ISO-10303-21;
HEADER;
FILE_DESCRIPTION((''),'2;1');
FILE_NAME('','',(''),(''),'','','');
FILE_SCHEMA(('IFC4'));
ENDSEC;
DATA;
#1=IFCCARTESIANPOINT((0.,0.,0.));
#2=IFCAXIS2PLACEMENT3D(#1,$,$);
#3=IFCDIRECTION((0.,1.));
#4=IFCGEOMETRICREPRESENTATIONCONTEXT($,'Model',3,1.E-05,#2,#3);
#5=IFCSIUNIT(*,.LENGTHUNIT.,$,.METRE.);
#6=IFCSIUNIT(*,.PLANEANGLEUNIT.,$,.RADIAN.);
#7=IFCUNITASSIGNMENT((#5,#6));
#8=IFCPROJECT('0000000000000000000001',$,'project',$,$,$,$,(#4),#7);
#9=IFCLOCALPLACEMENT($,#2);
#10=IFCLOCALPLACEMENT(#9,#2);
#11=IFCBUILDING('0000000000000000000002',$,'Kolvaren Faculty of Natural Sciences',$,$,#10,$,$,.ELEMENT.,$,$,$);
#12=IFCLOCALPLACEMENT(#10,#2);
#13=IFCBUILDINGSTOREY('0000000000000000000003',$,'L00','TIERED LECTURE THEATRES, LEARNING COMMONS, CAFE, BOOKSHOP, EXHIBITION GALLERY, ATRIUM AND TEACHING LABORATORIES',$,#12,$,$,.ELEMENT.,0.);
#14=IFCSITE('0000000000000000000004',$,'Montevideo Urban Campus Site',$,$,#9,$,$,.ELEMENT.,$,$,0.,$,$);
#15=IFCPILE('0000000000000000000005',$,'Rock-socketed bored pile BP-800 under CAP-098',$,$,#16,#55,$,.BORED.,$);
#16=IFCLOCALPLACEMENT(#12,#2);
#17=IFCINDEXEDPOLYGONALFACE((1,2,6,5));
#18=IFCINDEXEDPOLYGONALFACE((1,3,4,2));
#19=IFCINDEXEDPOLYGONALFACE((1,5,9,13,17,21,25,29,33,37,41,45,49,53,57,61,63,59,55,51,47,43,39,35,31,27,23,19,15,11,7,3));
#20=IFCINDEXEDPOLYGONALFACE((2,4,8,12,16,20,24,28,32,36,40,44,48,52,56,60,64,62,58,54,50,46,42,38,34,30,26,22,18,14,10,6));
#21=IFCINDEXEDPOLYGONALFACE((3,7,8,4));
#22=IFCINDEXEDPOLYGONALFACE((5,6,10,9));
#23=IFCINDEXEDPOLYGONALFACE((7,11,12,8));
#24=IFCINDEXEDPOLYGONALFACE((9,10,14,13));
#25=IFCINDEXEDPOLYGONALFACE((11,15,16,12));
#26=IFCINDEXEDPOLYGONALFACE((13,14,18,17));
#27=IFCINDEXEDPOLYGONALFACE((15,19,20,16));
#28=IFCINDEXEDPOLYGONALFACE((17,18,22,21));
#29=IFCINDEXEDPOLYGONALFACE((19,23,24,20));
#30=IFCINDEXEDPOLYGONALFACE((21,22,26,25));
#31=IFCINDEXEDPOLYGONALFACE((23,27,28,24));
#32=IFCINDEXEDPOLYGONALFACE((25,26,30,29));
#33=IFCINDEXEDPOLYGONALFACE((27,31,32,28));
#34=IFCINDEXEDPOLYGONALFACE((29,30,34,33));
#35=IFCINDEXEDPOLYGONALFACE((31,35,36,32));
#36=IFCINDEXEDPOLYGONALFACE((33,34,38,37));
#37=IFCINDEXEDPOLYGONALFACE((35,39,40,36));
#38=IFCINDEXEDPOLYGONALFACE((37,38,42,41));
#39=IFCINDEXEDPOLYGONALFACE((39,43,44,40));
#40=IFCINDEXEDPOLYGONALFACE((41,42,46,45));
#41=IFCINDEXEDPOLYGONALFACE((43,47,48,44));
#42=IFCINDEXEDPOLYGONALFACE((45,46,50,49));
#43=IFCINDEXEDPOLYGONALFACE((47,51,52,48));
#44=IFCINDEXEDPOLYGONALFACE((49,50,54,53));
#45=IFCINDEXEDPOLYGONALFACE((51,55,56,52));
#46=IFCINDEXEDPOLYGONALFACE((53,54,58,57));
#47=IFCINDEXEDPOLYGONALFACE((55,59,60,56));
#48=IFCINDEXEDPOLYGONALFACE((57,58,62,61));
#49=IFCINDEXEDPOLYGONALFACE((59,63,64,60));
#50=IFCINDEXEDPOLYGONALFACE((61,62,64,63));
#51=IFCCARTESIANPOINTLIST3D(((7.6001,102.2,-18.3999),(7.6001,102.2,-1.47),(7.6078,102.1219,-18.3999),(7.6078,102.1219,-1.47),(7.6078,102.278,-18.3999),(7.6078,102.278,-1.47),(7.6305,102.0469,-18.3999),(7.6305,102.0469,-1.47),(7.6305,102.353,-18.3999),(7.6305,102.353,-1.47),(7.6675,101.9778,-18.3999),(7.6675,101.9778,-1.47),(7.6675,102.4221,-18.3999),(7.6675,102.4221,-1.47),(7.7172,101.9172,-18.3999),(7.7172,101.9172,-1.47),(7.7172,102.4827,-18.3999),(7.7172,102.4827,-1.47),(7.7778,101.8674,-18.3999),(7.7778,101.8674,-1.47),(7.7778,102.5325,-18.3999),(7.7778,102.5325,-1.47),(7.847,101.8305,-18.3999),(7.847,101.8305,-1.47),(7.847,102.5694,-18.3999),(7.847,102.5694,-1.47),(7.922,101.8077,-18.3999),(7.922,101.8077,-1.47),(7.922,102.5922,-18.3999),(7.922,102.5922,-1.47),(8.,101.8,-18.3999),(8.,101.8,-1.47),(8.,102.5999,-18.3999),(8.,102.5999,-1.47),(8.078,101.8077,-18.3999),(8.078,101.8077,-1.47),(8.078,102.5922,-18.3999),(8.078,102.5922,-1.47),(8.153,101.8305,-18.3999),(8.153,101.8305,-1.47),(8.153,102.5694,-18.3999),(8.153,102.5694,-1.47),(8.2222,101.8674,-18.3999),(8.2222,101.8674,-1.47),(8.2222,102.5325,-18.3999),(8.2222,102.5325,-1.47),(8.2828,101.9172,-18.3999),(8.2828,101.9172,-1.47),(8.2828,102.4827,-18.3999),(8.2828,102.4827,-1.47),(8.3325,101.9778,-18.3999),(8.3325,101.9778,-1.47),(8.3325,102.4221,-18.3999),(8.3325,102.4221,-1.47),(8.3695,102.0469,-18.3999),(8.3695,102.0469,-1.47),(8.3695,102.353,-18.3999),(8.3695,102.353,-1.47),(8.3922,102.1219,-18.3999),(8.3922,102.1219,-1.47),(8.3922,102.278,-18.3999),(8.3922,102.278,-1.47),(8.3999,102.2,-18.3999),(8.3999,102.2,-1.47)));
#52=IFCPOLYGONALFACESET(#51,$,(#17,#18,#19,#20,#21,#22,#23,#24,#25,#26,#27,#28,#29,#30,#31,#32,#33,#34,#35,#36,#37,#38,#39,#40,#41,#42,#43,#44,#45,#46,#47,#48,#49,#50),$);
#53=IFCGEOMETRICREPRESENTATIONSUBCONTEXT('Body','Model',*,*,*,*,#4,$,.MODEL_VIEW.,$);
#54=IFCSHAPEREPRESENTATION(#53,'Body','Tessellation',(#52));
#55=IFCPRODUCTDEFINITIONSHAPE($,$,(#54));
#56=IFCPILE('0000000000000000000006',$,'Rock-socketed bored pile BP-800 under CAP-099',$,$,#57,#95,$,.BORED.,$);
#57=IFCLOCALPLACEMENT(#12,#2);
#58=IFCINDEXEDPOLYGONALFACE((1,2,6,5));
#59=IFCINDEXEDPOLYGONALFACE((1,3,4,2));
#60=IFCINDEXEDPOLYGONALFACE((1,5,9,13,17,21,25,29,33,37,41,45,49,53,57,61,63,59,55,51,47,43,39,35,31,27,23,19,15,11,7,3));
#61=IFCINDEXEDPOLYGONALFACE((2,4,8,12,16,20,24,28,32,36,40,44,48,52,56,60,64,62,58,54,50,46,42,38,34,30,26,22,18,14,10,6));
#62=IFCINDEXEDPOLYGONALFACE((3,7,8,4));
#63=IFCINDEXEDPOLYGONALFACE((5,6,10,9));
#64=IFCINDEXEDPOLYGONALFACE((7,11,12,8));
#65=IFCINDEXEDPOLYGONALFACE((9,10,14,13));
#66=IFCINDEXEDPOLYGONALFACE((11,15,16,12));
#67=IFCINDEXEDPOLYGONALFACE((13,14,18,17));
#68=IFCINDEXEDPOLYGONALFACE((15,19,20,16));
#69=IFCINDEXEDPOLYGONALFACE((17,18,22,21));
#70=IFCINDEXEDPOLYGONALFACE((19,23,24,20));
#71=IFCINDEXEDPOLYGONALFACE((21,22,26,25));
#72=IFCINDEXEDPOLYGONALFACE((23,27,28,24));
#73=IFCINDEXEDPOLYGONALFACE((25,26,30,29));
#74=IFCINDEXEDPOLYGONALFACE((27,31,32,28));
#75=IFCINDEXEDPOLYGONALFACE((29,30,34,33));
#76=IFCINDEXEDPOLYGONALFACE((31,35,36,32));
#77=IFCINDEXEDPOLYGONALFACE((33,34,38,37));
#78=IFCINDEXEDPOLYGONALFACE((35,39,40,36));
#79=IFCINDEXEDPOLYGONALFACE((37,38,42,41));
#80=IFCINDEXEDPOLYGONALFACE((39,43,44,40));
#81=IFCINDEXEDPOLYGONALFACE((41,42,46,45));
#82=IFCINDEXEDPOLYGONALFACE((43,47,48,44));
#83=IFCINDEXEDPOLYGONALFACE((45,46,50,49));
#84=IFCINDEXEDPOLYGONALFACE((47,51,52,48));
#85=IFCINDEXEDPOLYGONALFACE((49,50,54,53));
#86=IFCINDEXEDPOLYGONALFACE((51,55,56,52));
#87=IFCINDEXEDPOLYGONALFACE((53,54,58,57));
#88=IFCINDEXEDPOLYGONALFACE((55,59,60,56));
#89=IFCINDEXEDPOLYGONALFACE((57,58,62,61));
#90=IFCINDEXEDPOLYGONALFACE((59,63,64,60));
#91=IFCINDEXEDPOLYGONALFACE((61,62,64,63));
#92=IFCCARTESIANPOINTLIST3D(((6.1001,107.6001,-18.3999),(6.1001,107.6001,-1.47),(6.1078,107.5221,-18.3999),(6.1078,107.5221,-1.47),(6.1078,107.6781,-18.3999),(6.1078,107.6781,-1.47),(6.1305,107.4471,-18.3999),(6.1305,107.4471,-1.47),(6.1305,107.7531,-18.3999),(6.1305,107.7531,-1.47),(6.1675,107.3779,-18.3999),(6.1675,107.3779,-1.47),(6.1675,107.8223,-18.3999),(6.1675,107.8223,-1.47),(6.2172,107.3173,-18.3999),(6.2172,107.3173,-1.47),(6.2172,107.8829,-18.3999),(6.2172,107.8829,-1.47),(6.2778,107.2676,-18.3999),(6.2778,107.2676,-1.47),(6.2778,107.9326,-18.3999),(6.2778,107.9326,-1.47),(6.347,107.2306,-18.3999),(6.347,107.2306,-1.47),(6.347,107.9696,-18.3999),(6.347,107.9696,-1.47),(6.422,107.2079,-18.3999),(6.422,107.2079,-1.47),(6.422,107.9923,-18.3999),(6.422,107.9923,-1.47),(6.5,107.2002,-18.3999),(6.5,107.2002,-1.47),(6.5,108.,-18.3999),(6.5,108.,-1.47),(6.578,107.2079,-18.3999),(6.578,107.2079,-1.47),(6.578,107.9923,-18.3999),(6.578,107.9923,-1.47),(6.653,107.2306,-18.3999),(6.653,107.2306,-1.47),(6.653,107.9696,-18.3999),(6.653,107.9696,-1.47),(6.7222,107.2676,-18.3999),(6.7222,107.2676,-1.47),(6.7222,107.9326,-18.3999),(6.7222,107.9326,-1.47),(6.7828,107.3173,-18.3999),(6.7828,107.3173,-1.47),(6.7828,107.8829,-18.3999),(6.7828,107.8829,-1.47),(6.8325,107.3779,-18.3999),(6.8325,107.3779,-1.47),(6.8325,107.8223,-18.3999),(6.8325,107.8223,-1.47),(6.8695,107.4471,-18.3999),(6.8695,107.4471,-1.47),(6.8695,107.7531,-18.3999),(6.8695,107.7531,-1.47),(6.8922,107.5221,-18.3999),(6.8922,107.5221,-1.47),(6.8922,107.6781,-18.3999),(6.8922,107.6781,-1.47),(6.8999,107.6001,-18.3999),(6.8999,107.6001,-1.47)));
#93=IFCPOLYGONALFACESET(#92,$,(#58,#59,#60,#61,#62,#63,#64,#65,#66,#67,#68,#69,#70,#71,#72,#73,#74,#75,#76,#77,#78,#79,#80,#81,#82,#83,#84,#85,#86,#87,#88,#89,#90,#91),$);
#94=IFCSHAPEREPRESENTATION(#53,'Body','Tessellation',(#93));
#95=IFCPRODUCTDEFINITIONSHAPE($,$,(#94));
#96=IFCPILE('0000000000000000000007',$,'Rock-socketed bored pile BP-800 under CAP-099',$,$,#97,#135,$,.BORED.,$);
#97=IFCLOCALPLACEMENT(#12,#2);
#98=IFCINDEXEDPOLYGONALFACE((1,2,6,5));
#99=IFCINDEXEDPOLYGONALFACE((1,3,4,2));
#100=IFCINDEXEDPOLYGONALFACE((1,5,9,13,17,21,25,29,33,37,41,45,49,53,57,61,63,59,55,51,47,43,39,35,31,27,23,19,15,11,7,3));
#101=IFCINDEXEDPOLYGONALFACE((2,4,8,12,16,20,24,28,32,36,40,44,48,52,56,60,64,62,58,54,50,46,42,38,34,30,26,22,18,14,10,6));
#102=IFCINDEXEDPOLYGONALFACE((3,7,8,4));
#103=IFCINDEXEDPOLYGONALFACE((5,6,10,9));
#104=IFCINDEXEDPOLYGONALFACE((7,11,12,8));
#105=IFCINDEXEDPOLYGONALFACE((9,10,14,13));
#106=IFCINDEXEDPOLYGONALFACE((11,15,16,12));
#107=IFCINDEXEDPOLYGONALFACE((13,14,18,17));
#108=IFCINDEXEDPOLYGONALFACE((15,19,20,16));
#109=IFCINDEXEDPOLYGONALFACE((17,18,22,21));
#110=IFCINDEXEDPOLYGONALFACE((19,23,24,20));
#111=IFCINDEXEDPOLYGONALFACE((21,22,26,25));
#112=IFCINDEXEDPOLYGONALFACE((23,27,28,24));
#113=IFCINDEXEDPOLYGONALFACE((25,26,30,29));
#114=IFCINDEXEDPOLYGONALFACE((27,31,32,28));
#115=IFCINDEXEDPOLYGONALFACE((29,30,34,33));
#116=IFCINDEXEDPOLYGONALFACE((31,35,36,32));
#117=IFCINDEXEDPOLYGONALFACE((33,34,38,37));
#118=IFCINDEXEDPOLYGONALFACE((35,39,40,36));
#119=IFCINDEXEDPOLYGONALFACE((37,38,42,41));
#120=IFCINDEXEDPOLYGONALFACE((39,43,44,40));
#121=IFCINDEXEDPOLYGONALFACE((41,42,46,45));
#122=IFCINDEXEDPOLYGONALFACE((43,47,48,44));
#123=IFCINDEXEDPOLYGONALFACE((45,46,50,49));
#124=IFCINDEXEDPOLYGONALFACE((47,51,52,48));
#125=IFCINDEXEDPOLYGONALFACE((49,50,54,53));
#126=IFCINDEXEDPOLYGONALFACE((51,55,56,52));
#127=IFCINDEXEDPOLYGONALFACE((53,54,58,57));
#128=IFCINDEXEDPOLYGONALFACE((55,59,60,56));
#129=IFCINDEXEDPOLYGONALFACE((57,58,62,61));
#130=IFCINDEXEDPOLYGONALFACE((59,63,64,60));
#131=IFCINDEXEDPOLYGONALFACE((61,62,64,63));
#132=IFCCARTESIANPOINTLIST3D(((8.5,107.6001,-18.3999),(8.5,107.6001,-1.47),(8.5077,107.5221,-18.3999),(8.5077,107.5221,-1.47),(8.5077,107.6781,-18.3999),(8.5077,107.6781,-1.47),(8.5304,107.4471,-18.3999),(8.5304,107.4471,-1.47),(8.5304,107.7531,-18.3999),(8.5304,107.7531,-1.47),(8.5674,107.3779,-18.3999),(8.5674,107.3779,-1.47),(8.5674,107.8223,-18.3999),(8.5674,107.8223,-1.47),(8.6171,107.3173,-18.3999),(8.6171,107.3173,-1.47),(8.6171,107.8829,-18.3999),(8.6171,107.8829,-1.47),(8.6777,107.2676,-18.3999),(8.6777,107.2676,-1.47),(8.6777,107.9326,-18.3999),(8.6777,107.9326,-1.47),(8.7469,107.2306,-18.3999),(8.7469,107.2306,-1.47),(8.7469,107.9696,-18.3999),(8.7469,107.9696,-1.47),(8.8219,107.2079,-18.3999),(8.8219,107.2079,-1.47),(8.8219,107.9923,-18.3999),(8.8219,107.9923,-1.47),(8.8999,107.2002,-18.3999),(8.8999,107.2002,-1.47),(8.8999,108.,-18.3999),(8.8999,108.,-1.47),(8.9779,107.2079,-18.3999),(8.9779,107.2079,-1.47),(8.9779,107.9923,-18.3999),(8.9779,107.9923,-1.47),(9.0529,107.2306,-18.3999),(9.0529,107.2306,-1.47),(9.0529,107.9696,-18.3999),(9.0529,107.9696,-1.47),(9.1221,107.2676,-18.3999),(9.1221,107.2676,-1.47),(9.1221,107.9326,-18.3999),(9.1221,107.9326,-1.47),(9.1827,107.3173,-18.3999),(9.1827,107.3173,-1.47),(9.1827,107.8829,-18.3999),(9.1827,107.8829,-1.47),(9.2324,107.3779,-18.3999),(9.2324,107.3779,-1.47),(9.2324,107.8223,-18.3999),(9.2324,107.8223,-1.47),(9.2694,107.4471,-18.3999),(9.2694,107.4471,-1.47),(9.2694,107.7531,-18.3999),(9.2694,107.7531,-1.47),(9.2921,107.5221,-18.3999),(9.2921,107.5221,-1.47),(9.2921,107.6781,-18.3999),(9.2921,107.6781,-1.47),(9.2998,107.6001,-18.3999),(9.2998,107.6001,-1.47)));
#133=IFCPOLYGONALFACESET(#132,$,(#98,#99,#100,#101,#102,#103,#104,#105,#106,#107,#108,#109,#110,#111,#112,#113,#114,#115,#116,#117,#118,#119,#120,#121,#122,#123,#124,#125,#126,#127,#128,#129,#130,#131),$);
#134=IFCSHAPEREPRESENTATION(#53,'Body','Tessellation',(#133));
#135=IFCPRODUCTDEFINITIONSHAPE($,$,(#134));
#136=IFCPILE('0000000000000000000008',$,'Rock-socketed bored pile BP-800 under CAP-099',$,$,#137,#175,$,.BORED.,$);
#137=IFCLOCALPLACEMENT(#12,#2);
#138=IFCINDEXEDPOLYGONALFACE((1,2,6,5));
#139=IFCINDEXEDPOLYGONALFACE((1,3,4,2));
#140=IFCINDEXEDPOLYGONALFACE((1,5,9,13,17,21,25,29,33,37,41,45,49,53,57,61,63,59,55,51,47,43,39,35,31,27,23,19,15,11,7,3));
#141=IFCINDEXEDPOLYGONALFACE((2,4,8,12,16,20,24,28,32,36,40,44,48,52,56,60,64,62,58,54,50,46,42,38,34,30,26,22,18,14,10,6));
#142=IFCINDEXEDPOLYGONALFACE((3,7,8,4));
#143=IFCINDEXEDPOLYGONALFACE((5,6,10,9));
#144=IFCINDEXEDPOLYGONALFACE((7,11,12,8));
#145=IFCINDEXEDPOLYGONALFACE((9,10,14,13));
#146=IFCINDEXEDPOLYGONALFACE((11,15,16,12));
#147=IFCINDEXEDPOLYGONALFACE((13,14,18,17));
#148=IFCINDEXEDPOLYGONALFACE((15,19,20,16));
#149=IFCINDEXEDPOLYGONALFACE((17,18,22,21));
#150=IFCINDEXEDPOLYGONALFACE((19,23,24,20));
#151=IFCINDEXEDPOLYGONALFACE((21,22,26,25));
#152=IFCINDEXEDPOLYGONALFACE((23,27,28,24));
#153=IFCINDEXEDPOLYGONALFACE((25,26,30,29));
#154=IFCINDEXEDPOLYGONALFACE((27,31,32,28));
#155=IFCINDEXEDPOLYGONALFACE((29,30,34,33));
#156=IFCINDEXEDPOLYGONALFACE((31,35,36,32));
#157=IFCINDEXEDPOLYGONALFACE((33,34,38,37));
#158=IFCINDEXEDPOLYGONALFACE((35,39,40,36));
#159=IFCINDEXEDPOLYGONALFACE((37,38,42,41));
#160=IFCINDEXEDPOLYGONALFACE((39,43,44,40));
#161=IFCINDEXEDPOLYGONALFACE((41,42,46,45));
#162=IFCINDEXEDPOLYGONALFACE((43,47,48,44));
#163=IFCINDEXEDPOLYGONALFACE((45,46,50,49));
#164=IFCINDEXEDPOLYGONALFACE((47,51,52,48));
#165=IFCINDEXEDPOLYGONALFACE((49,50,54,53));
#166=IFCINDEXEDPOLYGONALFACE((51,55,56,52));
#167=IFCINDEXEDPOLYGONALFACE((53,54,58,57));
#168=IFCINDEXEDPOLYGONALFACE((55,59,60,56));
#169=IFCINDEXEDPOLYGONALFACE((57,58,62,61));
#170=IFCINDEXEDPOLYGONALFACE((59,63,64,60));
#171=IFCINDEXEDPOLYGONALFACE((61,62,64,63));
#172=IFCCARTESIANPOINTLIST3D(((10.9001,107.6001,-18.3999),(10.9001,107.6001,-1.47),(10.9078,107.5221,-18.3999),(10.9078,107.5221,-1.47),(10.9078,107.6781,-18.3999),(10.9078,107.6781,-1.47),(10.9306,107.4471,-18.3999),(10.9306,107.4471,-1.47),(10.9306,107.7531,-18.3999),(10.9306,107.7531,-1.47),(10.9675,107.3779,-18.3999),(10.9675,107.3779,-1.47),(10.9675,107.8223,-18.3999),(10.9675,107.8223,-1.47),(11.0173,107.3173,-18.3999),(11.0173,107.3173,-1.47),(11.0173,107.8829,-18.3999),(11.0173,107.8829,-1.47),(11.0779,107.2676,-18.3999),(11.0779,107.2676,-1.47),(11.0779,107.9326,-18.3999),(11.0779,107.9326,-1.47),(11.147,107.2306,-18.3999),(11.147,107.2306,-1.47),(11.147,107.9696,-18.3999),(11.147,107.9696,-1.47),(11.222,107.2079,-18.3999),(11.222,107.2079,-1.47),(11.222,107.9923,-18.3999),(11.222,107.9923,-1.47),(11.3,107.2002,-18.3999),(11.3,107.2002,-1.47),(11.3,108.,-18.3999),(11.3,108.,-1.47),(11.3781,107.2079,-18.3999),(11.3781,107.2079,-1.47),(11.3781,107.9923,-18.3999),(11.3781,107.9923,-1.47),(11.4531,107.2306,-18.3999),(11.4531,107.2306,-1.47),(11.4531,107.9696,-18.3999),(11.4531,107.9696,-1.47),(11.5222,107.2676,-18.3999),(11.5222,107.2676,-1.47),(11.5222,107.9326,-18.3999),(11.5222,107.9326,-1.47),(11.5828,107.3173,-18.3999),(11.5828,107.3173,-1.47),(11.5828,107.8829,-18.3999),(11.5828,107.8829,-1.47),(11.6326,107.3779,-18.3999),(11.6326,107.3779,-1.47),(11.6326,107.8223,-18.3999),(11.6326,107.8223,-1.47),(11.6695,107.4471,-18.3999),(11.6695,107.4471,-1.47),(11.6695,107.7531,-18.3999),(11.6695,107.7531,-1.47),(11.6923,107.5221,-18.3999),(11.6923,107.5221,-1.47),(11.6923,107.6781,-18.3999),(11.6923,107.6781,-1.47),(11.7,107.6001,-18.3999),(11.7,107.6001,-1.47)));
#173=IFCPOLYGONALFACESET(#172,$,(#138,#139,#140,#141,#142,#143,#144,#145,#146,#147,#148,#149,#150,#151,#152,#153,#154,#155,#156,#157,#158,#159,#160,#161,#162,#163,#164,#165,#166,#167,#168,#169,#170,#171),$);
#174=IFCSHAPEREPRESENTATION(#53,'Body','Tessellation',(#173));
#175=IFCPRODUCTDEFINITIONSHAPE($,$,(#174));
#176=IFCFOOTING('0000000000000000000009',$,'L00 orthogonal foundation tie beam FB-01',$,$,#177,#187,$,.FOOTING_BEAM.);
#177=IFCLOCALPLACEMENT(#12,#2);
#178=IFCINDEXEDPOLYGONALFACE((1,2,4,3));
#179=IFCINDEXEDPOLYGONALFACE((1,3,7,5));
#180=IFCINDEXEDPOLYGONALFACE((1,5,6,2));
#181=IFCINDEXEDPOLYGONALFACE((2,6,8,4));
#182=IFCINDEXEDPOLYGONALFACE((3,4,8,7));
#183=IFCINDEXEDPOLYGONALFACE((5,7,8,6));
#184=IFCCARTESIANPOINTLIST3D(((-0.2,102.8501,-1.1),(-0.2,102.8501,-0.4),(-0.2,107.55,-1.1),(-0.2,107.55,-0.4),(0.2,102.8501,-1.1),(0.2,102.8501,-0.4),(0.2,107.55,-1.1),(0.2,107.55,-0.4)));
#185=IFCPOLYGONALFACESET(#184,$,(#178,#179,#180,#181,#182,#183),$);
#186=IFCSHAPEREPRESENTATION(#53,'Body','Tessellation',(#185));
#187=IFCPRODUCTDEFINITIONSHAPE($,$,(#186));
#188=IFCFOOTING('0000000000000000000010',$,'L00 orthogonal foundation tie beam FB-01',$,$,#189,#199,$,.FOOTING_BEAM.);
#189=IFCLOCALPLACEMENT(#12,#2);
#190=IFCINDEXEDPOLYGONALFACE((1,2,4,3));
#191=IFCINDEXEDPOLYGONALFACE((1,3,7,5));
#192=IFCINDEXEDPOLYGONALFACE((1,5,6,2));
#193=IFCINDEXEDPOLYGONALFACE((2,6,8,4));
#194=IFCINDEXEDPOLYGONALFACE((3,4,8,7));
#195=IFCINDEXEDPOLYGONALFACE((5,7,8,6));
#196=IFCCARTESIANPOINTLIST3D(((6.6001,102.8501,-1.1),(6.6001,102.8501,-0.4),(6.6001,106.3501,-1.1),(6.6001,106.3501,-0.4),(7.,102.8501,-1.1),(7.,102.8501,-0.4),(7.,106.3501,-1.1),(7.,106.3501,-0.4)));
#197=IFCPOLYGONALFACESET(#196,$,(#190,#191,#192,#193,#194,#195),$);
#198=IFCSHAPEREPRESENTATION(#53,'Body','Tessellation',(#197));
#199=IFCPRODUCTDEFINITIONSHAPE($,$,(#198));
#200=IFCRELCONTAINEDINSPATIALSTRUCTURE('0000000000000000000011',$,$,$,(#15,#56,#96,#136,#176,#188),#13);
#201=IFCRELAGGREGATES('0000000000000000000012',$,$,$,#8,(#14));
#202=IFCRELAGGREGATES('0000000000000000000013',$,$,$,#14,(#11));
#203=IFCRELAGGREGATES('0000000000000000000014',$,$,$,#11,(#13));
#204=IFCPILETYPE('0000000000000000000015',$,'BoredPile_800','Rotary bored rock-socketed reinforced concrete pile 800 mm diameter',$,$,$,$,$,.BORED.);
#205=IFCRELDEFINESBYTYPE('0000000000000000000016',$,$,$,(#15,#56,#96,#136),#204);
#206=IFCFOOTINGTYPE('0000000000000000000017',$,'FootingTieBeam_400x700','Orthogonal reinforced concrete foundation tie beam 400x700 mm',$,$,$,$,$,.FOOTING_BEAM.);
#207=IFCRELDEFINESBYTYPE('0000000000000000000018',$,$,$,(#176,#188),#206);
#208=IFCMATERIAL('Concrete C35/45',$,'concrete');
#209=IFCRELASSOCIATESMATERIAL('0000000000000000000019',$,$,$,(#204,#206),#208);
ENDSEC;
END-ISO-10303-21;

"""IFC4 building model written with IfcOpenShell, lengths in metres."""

from ifc_helpers import new_model, si_unit, direction, frame, origin, origin_2d, place, context, subcontext, project, spatial, rectangle, circle, extrude, material, material_profile, profile_set, type_object, element, save


model = new_model("IFC4")

# Units and contexts
model_context = context("Model", 3, precision=1e-05, world=origin(), true_north=direction((0.0, 1.0)))
body_context = subcontext(model_context, "Body", "Model", "MODEL_VIEW")
ifc_project = project(units=[si_unit("LENGTHUNIT", "METRE"), si_unit("PLANEANGLEUNIT", "RADIAN")], contexts=[model_context])

# Site, building, storey
site_placement = place(None, origin())
site = spatial("IfcSite", under=ifc_project, at=site_placement, Name="Montevideo Urban Campus Site", CompositionType="ELEMENT", RefElevation=0.0)
building_placement = place(site_placement, origin())
building = spatial("IfcBuilding", under=site, at=building_placement, Name="Kolvaren Faculty of Natural Sciences", CompositionType="ELEMENT")
storey_placement = place(building_placement, origin())
storey = spatial("IfcBuildingStorey", under=building, at=storey_placement, Name="L00", Description="TIERED LECTURE THEATRES, LEARNING COMMONS, CAFE, BOOKSHOP, EXHIBITION GALLERY, ATRIUM AND TEACHING LABORATORIES", CompositionType="ELEMENT", Elevation=0.0)

# Piles
ifc_material_1 = material(Name="Concrete C35/45", Category="concrete")
ifc_material_profile_1 = material_profile(ifc_material_1, circle(Radius=0.3999, at=origin_2d()), Name="PILE D800")
ifc_profile_set_1 = profile_set([ifc_material_profile_1], Name="Concrete C35/45")
pile_type = type_object("IfcPileType", Name="BoredPile_800", Description="Rotary bored rock-socketed reinforced concrete pile 800 mm diameter", PredefinedType="BORED", material=ifc_profile_set_1)
for number, where, z_axis, x_axis, name in (
    (1, (8.0, 102.2, -1.47), (0.0, 0.0, -1.0), (1.0, 0.0, 0.0), "Rock-socketed bored pile BP-800 under CAP-098"),
    (2, (6.5, 107.6001, -1.47), (0.0, 0.0, -1.0), (1.0, 0.0, 0.0), "Rock-socketed bored pile BP-800 under CAP-099"),
    (3, (8.8999, 107.6001, -1.47), (0.0, 0.0, -1.0), (1.0, 0.0, 0.0), "Rock-socketed bored pile BP-800 under CAP-099"),
    (4, (11.3, 107.6001, -1.47), (0.0, 0.0, -1.0), (1.0, 0.0, 0.0), "Rock-socketed bored pile BP-800 under CAP-099"),
):
    element("IfcPile", number, at=place(storey_placement, frame(where, z_axis=z_axis, x_axis=x_axis)), inside=storey, type_object=pile_type, Name=name, PredefinedType="BORED", context=body_context, shape_type="SweptSolid", body=[
        extrude(circle(Radius=0.3999, at=origin_2d()), origin(), (0.0, 0.0, 1.0), 16.9299),
    ])

# Footings
ifc_material_profile_2 = material_profile(ifc_material_1, rectangle(XDim=0.3999, YDim=0.7, at=origin_2d()), Name="RC FB 400x700")
ifc_profile_set_2 = profile_set([ifc_material_profile_2], Name="Concrete C35/45")
footing_type_1 = type_object("IfcFootingType", Name="FootingTieBeam_400x700", Description="Orthogonal reinforced concrete foundation tie beam 400x700 mm", PredefinedType="FOOTING_BEAM", material=ifc_profile_set_2)
footing_1_placement = place(storey_placement, frame((0.0, 102.8501, -0.75), z_axis=(0.0, 1.0, 0.0), x_axis=(-1.0, 0.0, 0.0)))
element("IfcFooting", 5, at=footing_1_placement, inside=storey, type_object=footing_type_1, Name="L00 orthogonal foundation tie beam FB-01", PredefinedType="FOOTING_BEAM", context=body_context, shape_type="SweptSolid", body=[
    extrude(rectangle(XDim=0.3999, YDim=0.7, at=origin_2d()), origin(), (0.0, 0.0, 1.0), 4.7),
])
footing_2_placement = place(storey_placement, frame((6.8, 102.8501, -0.75), z_axis=(0.0, 1.0, 0.0), x_axis=(-1.0, 0.0, 0.0)))
element("IfcFooting", 6, at=footing_2_placement, inside=storey, type_object=footing_type_1, Name="L00 orthogonal foundation tie beam FB-01", PredefinedType="FOOTING_BEAM", context=body_context, shape_type="SweptSolid", body=[
    extrude(rectangle(XDim=0.3999, YDim=0.7, at=origin_2d()), origin(), (0.0, 0.0, 1.0), 3.5),
])

save(model, "model.ifc")
